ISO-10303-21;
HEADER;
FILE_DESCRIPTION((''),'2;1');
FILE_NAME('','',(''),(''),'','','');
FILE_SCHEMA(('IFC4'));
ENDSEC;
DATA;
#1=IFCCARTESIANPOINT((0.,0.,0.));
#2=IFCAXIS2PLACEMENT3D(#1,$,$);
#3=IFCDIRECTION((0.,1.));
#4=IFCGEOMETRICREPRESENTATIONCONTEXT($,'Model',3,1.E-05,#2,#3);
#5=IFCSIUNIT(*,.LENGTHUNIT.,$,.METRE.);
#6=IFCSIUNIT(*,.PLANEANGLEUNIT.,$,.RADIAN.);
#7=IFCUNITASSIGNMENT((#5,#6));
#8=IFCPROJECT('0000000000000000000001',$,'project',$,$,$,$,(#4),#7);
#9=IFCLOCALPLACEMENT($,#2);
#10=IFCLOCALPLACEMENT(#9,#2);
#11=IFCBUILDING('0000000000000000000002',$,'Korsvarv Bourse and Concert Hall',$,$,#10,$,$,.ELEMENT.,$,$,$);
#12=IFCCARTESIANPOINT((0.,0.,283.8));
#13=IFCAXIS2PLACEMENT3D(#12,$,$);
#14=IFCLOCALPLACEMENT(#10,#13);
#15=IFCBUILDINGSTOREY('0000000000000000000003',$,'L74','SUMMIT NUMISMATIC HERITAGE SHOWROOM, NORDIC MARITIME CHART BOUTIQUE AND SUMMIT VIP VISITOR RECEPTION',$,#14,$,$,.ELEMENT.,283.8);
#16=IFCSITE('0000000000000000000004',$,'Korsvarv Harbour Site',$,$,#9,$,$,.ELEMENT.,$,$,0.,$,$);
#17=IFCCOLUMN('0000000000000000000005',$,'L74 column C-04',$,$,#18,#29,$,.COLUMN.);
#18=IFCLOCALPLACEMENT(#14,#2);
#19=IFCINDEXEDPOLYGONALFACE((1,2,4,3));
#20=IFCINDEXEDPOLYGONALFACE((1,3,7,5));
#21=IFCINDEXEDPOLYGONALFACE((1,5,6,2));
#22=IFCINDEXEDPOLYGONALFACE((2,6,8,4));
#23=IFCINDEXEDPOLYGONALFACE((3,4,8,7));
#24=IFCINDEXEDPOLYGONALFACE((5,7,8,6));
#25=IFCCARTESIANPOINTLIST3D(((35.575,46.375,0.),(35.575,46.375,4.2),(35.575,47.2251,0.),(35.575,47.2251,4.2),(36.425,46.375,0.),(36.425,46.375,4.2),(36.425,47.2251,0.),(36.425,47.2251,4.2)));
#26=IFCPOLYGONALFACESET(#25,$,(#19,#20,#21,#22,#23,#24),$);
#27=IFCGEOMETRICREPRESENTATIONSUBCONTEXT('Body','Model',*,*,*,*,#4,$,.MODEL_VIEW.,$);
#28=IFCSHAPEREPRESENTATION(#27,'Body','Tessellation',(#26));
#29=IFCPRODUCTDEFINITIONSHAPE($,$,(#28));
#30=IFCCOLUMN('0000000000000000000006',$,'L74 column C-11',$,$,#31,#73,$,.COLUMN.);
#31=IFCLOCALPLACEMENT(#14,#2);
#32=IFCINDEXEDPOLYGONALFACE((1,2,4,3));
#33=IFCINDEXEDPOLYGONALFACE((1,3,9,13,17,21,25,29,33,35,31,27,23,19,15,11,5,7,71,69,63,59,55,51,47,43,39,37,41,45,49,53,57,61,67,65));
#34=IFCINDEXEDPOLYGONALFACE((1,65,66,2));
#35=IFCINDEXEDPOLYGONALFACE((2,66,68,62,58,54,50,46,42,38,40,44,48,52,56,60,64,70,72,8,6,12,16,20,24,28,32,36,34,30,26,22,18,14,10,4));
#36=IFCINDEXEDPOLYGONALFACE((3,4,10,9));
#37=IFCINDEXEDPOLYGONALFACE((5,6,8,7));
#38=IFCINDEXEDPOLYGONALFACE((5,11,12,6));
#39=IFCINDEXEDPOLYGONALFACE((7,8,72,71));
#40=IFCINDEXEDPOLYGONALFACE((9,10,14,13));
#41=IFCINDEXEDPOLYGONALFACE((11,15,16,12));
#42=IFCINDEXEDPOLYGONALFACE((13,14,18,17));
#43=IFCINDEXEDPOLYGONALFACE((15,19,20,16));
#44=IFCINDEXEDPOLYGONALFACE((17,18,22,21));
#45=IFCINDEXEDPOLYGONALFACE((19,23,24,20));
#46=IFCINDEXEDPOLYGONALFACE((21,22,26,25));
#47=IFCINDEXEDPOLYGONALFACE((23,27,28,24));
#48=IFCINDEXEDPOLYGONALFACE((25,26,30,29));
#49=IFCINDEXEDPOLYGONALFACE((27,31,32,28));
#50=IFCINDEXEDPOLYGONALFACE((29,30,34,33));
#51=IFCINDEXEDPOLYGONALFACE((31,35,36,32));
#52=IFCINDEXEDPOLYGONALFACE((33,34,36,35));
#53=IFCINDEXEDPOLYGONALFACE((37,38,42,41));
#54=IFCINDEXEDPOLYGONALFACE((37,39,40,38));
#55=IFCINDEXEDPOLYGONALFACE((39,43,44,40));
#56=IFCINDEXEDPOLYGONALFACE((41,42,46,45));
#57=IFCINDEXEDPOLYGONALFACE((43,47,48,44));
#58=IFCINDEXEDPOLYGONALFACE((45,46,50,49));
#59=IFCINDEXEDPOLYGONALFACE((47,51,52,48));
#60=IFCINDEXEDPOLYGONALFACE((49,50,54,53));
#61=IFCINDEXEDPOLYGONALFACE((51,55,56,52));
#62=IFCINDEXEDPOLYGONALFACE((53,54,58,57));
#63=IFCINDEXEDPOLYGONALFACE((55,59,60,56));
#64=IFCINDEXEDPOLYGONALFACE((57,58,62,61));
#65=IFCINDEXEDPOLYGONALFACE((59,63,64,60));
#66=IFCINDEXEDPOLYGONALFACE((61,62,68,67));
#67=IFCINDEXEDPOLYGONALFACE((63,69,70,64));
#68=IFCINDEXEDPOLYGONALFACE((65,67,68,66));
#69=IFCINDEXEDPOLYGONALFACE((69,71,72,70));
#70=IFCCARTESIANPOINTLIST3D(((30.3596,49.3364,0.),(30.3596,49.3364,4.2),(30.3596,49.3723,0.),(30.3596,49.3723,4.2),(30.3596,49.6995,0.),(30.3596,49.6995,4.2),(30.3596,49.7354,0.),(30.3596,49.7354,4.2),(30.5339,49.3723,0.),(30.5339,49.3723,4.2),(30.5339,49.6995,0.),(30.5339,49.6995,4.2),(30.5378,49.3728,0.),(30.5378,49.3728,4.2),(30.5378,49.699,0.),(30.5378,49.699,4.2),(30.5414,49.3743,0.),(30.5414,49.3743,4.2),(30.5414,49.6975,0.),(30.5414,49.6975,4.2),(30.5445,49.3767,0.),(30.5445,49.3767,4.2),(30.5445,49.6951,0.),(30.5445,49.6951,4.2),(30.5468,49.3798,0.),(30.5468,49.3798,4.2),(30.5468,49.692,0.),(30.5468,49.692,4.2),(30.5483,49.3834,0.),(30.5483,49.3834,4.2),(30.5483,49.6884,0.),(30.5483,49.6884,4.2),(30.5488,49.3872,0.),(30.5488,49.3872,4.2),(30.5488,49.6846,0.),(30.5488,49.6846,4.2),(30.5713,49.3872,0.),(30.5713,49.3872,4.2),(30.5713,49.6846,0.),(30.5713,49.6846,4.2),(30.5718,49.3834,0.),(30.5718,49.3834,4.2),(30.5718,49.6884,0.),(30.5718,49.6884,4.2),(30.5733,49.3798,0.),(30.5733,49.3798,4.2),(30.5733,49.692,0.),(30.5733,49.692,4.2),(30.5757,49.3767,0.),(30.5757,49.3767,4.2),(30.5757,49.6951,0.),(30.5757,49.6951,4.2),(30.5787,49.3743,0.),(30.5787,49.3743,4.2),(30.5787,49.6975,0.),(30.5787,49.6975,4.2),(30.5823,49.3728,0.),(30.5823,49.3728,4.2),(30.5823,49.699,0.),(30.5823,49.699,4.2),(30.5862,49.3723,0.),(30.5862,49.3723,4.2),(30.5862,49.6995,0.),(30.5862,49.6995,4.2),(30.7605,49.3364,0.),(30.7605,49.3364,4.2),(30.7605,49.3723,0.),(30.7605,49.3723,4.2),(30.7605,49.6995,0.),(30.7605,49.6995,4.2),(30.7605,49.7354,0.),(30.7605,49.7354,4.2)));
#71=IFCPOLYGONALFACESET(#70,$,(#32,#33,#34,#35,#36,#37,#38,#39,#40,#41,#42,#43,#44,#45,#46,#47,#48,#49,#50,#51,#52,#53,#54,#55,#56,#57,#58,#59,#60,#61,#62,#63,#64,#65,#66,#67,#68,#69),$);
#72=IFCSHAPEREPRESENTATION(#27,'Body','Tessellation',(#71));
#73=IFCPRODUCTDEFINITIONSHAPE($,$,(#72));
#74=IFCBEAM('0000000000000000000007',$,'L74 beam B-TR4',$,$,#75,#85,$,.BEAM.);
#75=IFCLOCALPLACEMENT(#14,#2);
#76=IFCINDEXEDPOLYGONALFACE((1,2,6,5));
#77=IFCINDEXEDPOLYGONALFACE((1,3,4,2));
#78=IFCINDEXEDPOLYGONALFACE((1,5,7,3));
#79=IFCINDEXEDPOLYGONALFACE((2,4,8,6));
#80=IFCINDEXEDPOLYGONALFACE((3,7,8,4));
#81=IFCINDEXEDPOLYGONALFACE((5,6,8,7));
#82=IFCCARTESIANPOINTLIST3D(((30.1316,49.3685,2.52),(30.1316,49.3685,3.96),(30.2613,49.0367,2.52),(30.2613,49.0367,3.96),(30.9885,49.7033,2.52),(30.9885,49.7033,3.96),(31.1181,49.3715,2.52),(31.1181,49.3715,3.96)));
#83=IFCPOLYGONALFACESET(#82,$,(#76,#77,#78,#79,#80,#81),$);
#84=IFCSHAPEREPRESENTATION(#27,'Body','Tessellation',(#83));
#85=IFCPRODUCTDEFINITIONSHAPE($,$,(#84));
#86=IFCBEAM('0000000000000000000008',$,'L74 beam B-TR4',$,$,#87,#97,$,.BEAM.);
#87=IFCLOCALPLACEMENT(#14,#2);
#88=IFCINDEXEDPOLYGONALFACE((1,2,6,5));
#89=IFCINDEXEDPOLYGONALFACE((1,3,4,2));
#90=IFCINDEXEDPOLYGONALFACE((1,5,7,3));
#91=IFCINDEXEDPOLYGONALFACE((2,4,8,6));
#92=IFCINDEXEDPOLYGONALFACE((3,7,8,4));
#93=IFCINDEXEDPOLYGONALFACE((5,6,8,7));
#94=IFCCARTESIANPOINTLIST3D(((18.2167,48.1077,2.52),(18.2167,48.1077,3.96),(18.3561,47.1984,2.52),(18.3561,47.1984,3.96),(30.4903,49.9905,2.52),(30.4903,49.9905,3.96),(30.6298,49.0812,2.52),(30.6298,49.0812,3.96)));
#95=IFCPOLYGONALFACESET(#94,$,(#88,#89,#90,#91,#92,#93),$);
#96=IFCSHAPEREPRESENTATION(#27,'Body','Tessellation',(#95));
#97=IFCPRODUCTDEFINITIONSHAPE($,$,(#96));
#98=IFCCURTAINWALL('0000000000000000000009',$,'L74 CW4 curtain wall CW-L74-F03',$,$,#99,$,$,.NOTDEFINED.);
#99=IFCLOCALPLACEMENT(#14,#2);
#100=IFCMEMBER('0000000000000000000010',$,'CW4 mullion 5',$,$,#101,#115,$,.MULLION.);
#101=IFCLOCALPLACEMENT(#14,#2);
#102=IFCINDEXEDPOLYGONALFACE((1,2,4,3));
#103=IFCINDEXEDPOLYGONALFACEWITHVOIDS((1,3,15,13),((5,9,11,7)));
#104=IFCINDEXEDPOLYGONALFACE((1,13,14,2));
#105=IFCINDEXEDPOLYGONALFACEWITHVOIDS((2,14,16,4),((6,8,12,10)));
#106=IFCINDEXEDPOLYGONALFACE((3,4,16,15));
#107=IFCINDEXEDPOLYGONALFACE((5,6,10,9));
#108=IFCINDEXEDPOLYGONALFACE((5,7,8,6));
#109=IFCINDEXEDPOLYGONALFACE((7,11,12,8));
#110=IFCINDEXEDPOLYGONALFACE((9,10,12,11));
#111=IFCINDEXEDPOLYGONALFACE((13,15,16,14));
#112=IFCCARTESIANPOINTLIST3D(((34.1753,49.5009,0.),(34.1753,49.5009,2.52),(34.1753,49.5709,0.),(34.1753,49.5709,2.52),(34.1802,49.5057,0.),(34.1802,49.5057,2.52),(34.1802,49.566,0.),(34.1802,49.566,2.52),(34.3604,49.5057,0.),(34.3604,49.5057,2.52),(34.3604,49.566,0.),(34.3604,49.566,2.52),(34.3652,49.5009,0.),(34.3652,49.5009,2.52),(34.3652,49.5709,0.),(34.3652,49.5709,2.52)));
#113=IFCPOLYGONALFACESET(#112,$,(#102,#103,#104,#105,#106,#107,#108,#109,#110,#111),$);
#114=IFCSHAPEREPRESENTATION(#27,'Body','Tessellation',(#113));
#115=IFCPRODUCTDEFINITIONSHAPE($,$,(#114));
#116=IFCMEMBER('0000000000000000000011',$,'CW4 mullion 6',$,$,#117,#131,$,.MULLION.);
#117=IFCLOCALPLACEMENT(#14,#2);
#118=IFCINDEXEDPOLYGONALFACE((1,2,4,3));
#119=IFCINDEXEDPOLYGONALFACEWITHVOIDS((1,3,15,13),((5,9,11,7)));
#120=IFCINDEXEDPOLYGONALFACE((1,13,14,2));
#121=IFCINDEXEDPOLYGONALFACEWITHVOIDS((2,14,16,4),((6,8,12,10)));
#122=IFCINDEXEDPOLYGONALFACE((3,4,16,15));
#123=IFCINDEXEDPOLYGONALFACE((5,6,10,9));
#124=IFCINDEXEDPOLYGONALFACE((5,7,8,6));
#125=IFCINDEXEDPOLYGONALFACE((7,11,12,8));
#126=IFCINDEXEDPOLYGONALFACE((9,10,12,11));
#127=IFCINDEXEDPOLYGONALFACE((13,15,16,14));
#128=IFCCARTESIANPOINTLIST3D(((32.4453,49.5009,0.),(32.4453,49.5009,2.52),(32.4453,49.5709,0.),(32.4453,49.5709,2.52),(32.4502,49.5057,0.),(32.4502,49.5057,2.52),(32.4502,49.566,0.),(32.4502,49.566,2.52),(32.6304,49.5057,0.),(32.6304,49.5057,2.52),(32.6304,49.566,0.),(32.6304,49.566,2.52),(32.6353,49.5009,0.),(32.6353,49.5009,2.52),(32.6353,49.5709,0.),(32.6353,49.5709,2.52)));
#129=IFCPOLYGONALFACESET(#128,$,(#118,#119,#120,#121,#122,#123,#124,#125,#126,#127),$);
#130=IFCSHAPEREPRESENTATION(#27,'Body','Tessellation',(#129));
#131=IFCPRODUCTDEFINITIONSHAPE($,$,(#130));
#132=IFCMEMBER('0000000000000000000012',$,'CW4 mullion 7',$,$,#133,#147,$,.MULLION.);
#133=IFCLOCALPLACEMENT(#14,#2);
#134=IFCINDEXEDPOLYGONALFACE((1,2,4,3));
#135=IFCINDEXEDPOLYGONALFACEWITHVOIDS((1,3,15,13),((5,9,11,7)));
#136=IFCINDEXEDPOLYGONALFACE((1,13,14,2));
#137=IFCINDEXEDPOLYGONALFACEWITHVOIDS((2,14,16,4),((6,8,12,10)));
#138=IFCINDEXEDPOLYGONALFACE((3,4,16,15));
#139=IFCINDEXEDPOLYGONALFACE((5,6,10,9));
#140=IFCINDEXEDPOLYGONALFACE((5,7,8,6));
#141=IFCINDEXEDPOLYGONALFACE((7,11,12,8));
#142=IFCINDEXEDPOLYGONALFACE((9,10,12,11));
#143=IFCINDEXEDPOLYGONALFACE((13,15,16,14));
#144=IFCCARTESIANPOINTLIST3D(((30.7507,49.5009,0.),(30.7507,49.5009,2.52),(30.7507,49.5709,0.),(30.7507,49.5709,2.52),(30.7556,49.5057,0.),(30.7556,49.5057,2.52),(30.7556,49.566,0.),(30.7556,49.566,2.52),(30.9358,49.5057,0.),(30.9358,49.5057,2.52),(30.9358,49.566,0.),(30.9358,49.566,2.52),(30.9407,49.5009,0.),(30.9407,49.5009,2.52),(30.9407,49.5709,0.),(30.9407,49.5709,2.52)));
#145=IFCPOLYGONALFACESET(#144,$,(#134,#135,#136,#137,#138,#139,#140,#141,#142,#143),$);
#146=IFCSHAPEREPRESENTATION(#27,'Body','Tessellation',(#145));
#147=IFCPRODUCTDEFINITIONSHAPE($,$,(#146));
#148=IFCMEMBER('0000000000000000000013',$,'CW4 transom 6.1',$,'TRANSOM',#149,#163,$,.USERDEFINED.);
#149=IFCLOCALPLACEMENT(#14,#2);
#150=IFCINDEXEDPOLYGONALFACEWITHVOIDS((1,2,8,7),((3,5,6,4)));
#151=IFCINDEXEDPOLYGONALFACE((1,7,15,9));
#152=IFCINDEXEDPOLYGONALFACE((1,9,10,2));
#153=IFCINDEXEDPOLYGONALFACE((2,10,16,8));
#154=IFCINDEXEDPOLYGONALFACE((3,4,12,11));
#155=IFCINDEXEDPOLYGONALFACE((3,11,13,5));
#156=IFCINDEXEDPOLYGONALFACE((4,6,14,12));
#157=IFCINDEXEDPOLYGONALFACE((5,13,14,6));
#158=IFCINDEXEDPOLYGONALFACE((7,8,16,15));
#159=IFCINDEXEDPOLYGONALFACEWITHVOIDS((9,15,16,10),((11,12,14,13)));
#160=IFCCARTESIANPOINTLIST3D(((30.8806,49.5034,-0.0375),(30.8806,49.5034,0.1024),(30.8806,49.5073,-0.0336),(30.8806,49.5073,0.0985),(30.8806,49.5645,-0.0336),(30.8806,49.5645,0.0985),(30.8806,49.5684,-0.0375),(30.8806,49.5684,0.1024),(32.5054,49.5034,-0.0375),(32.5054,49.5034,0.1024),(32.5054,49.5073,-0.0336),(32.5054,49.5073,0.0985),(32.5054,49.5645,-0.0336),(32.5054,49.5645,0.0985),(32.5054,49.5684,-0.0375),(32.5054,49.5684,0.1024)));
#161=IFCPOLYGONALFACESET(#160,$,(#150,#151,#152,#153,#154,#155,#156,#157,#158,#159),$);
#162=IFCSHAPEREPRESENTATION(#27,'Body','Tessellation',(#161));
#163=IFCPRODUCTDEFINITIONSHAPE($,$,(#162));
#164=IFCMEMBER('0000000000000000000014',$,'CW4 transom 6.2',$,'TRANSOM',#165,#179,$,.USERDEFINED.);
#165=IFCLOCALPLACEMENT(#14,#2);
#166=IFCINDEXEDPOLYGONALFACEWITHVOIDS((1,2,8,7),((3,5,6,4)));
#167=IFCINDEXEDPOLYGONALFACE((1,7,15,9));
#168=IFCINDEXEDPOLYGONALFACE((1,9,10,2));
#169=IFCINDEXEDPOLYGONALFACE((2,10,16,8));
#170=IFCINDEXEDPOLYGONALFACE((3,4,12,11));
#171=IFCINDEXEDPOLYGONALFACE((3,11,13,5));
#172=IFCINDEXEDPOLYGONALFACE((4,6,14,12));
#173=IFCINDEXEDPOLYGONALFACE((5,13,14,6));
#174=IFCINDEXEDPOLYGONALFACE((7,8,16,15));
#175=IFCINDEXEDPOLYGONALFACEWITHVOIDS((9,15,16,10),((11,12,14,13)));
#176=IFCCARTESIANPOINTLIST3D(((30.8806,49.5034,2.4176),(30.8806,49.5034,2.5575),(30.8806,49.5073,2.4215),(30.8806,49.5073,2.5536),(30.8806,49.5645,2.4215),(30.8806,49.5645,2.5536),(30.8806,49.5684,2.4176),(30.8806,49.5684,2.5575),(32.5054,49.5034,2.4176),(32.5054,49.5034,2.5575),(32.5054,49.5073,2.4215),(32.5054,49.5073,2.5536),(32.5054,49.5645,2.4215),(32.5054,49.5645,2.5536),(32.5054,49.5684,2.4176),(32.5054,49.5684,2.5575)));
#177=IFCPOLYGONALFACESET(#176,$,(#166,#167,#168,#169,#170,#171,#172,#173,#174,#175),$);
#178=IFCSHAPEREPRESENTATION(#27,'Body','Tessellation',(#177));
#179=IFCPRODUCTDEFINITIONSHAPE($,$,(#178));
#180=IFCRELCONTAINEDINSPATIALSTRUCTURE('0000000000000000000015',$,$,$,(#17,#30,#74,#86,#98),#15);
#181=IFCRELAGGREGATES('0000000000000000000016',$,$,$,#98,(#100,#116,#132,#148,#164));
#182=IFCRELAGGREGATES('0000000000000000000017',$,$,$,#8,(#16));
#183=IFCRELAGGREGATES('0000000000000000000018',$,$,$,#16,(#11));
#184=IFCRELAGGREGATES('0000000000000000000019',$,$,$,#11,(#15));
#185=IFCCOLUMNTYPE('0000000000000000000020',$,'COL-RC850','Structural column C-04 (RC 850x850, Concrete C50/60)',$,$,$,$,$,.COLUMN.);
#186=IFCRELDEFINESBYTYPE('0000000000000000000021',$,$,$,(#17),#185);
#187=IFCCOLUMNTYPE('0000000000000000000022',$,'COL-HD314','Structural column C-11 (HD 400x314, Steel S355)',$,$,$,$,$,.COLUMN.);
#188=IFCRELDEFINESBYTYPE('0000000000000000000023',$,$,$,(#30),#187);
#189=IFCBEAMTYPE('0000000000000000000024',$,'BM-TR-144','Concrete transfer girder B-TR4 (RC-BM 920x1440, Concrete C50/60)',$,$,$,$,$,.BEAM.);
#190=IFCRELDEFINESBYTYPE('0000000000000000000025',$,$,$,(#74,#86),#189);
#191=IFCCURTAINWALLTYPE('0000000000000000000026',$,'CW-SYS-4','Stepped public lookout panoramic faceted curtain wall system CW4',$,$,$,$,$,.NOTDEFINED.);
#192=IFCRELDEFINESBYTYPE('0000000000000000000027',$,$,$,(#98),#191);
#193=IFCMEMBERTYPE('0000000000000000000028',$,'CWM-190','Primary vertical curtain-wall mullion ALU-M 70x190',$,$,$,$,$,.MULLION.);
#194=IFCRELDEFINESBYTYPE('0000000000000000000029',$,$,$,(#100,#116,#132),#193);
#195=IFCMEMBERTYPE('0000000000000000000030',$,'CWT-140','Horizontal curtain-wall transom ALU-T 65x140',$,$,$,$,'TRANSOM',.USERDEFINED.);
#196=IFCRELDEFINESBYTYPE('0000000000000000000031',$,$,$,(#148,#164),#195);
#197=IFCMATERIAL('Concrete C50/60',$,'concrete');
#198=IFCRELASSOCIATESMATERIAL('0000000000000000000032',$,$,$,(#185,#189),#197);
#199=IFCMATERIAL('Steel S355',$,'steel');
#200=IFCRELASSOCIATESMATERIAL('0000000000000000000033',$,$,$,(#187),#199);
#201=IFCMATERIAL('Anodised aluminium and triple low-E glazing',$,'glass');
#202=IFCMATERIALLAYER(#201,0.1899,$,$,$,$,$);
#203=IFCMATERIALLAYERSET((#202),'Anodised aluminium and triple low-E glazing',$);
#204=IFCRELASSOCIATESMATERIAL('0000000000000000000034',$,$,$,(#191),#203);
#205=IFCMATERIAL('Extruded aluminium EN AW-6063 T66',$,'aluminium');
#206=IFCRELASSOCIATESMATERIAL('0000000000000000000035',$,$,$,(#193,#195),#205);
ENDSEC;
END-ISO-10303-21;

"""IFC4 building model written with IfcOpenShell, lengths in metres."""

from ifc_helpers import new_model, si_unit, direction, frame, origin, origin_2d, place, context, subcontext, project, spatial, rectangle, hollow_rectangle, i_section, extrude, source, transform, mapped, material, layer, layer_set, material_profile, profile_set, type_object, element, aggregate, save


model = new_model("IFC4")

# Units and contexts
model_context = context("Model", 3, precision=1e-05, world=origin(), true_north=direction((0.0, 1.0)))
body_context = subcontext(model_context, "Body", "Model", "MODEL_VIEW")
ifc_project = project(units=[si_unit("LENGTHUNIT", "METRE"), si_unit("PLANEANGLEUNIT", "RADIAN")], contexts=[model_context])

# Site, building, storey
site_placement = place(None, origin())
site = spatial("IfcSite", under=ifc_project, at=site_placement, Name="Korsvarv Harbour Site", CompositionType="ELEMENT", RefElevation=0.0)
building_placement = place(site_placement, origin())
building = spatial("IfcBuilding", under=site, at=building_placement, Name="Korsvarv Bourse and Concert Hall", CompositionType="ELEMENT")
storey_placement = place(building_placement, frame((0.0, 0.0, 283.8)))
storey = spatial("IfcBuildingStorey", under=building, at=storey_placement, Name="L74", Description="SUMMIT NUMISMATIC HERITAGE SHOWROOM, NORDIC MARITIME CHART BOUTIQUE AND SUMMIT VIP VISITOR RECEPTION", CompositionType="ELEMENT", Elevation=283.8)

# Columns
ifc_material_1 = material(Name="Concrete C50/60", Category="concrete")
ifc_material_profile_1 = material_profile(ifc_material_1, rectangle(XDim=0.8501, YDim=0.8501, at=origin_2d()), Name="RC 850x850")
ifc_profile_set_1 = profile_set([ifc_material_profile_1], Name="Concrete C50/60")
column_type_1 = type_object("IfcColumnType", Name="COL-RC850", Description="Structural column C-04 (RC 850x850, Concrete C50/60)", PredefinedType="COLUMN", material=ifc_profile_set_1)
shared_shape_1 = source(origin(), body_context, "Body", "SweptSolid", [
    extrude(rectangle(XDim=0.8501, YDim=0.8501, at=origin_2d()), origin(), (0.0, 0.0, 1.0), 4.2),
])
column_1_placement = place(storey_placement, frame((36.0, 46.8, 0.0), z_axis=(0.0, 0.0, 1.0), x_axis=(1.0, 0.0, 0.0)))
element("IfcColumn", 1, at=column_1_placement, inside=storey, type_object=column_type_1, Name="L74 column C-04", PredefinedType="COLUMN", context=body_context, shape_type="MappedRepresentation", body=[
    mapped(shared_shape_1, transform((0.0, 0.0, 0.0), scale=1.0)),
])
ifc_material_2 = material(Name="Steel S355", Category="steel")
ifc_material_profile_2 = material_profile(ifc_material_2, i_section(OverallWidth=0.4009, OverallDepth=0.3989, WebThickness=0.0225, FlangeThickness=0.0359, FilletRadius=0.0149, at=origin_2d()), Name="HD 400x314")
ifc_profile_set_2 = profile_set([ifc_material_profile_2], Name="Steel S355")
column_type_2 = type_object("IfcColumnType", Name="COL-HD314", Description="Structural column C-11 (HD 400x314, Steel S355)", PredefinedType="COLUMN", material=ifc_profile_set_2)
shared_shape_2 = source(origin(), body_context, "Body", "SweptSolid", [
    extrude(i_section(OverallWidth=0.4009, OverallDepth=0.3989, WebThickness=0.0225, FlangeThickness=0.0359, FilletRadius=0.0149, at=origin_2d()), origin(), (0.0, 0.0, 1.0), 4.2),
])
column_2_placement = place(storey_placement, frame((30.5601, 49.5359, 0.0), z_axis=(0.0, 0.0, 1.0), x_axis=(1.0, 0.0, 0.0)))
element("IfcColumn", 2, at=column_2_placement, inside=storey, type_object=column_type_2, Name="L74 column C-11", PredefinedType="COLUMN", context=body_context, shape_type="MappedRepresentation", body=[
    mapped(shared_shape_2, transform((0.0, 0.0, 0.0), scale=1.0)),
])

# Beams
ifc_material_profile_3 = material_profile(ifc_material_1, rectangle(XDim=0.9199, YDim=1.4399, at=origin_2d()), Name="RC-BM 920x1440")
ifc_profile_set_3 = profile_set([ifc_material_profile_3], Name="Concrete C50/60")
beam_type = type_object("IfcBeamType", Name="BM-TR-144", Description="Concrete transfer girder B-TR4 (RC-BM 920x1440, Concrete C50/60)", PredefinedType="BEAM", material=ifc_profile_set_3)
shared_shape_3 = source(origin(), body_context, "Body", "SweptSolid", [
    extrude(rectangle(XDim=0.9199, YDim=1.4399, at=origin_2d()), origin(), (0.0, 0.0, 1.0), 0.3562),
])
beam_1_placement = place(storey_placement, frame((30.5601, 49.5359, 3.24), z_axis=(0.363934, -0.931425, 0.0), x_axis=(0.931425, 0.363934, 0.0)))
element("IfcBeam", 3, at=beam_1_placement, inside=storey, type_object=beam_type, Name="L74 beam B-TR4", PredefinedType="BEAM", context=body_context, shape_type="MappedRepresentation", body=[
    mapped(shared_shape_3, transform((0.0, 0.0, 0.0), scale=1.0)),
])
shared_shape_4 = source(origin(), body_context, "Body", "SweptSolid", [
    extrude(rectangle(XDim=0.9199, YDim=1.4399, at=origin_2d()), origin(), (0.0, 0.0, 1.0), 12.4172),
])
beam_2_placement = place(storey_placement, frame((30.5601, 49.5359, 3.24), z_axis=(-0.988438, -0.151629, 0.0), x_axis=(0.151629, -0.988438, 0.0)))
element("IfcBeam", 4, at=beam_2_placement, inside=storey, type_object=beam_type, Name="L74 beam B-TR4", PredefinedType="BEAM", context=body_context, shape_type="MappedRepresentation", body=[
    mapped(shared_shape_4, transform((0.0, 0.0, 0.0), scale=1.0)),
])

# Curtain wall, members
ifc_material_3 = material(Name="Anodised aluminium and triple low-E glazing", Category="glass")
ifc_layer_1 = layer(ifc_material_3, 0.1899)
ifc_layer_set_1 = layer_set([ifc_layer_1], Name="Anodised aluminium and triple low-E glazing")
curtain_wall_type = type_object("IfcCurtainWallType", Name="CW-SYS-4", Description="Stepped public lookout panoramic faceted curtain wall system CW4", PredefinedType="NOTDEFINED", material=ifc_layer_set_1)
curtain_wall_placement = place(storey_placement, origin())
curtain_wall = element("IfcCurtainWall", 5, at=curtain_wall_placement, inside=storey, type_object=curtain_wall_type, Name="L74 CW4 curtain wall CW-L74-F03", PredefinedType="NOTDEFINED")
ifc_material_4 = material(Name="Extruded aluminium EN AW-6063 T66", Category="aluminium")
ifc_material_profile_4 = material_profile(ifc_material_4, hollow_rectangle(XDim=0.0701, YDim=0.1899, WallThickness=0.0049, at=origin_2d()), Name="ALU-M 70x190")
ifc_profile_set_4 = profile_set([ifc_material_profile_4], Name="Extruded aluminium EN AW-6063 T66")
member_type_1 = type_object("IfcMemberType", Name="CWM-190", Description="Primary vertical curtain-wall mullion ALU-M 70x190", PredefinedType="MULLION", material=ifc_profile_set_4)
shared_shape_5 = source(origin(), body_context, "Body", "SweptSolid", [
    extrude(hollow_rectangle(XDim=0.0701, YDim=0.1899, WallThickness=0.0049, at=origin_2d()), origin(), (0.0, 0.0, 1.0), 2.52),
])
member_1_placement = place(storey_placement, frame((34.2703, 49.5359, 0.0), z_axis=(0.0, 0.0, 1.0), x_axis=(0.0, -1.0, 0.0)))
member_1 = element("IfcMember", 6, at=member_1_placement, type_object=member_type_1, Name="CW4 mullion 5", PredefinedType="MULLION", context=body_context, shape_type="MappedRepresentation", body=[
    mapped(shared_shape_5, transform((0.0, 0.0, 0.0), scale=1.0)),
])
member_2_placement = place(storey_placement, frame((32.5403, 49.5359, 0.0), z_axis=(0.0, 0.0, 1.0), x_axis=(0.0, -1.0, 0.0)))
member_2 = element("IfcMember", 7, at=member_2_placement, type_object=member_type_1, Name="CW4 mullion 6", PredefinedType="MULLION", context=body_context, shape_type="MappedRepresentation", body=[
    mapped(shared_shape_5, transform((0.0, 0.0, 0.0), scale=1.0)),
])
member_3_placement = place(storey_placement, frame((30.8457, 49.5359, 0.0), z_axis=(0.0, 0.0, 1.0), x_axis=(0.0, -1.0, 0.0)))
member_3 = element("IfcMember", 8, at=member_3_placement, type_object=member_type_1, Name="CW4 mullion 7", PredefinedType="MULLION", context=body_context, shape_type="MappedRepresentation", body=[
    mapped(shared_shape_5, transform((0.0, 0.0, 0.0), scale=1.0)),
])
ifc_material_profile_5 = material_profile(ifc_material_4, hollow_rectangle(XDim=0.0649, YDim=0.1399, WallThickness=0.0039, at=origin_2d()), Name="ALU-T 65x140")
ifc_profile_set_5 = profile_set([ifc_material_profile_5], Name="Extruded aluminium EN AW-6063 T66")
member_type_2 = type_object("IfcMemberType", Name="CWT-140", Description="Horizontal curtain-wall transom ALU-T 65x140", ElementType="TRANSOM", PredefinedType="USERDEFINED", material=ifc_profile_set_5)
shared_shape_6 = source(origin(), body_context, "Body", "SweptSolid", [
    extrude(hollow_rectangle(XDim=0.0649, YDim=0.1399, WallThickness=0.0039, at=origin_2d()), origin(), (0.0, 0.0, 1.0), 1.6248),
])
member_4_placement = place(storey_placement, frame((32.5054, 49.5359, 0.0325), z_axis=(-1.0, 0.0, 0.0), x_axis=(0.0, -1.0, 0.0)))
member_4 = element("IfcMember", 9, at=member_4_placement, type_object=member_type_2, Name="CW4 transom 6.1", ObjectType="TRANSOM", PredefinedType="USERDEFINED", context=body_context, shape_type="MappedRepresentation", body=[
    mapped(shared_shape_6, transform((0.0, 0.0, 0.0), scale=1.0)),
])
member_5_placement = place(storey_placement, frame((32.5054, 49.5359, 2.4875), z_axis=(-1.0, 0.0, 0.0), x_axis=(0.0, -1.0, 0.0)))
member_5 = element("IfcMember", 10, at=member_5_placement, type_object=member_type_2, Name="CW4 transom 6.2", ObjectType="TRANSOM", PredefinedType="USERDEFINED", context=body_context, shape_type="MappedRepresentation", body=[
    mapped(shared_shape_6, transform((0.0, 0.0, 0.0), scale=1.0)),
])
aggregate(curtain_wall, [member_1, member_2, member_3, member_4, member_5])

save(model, "model.ifc")
